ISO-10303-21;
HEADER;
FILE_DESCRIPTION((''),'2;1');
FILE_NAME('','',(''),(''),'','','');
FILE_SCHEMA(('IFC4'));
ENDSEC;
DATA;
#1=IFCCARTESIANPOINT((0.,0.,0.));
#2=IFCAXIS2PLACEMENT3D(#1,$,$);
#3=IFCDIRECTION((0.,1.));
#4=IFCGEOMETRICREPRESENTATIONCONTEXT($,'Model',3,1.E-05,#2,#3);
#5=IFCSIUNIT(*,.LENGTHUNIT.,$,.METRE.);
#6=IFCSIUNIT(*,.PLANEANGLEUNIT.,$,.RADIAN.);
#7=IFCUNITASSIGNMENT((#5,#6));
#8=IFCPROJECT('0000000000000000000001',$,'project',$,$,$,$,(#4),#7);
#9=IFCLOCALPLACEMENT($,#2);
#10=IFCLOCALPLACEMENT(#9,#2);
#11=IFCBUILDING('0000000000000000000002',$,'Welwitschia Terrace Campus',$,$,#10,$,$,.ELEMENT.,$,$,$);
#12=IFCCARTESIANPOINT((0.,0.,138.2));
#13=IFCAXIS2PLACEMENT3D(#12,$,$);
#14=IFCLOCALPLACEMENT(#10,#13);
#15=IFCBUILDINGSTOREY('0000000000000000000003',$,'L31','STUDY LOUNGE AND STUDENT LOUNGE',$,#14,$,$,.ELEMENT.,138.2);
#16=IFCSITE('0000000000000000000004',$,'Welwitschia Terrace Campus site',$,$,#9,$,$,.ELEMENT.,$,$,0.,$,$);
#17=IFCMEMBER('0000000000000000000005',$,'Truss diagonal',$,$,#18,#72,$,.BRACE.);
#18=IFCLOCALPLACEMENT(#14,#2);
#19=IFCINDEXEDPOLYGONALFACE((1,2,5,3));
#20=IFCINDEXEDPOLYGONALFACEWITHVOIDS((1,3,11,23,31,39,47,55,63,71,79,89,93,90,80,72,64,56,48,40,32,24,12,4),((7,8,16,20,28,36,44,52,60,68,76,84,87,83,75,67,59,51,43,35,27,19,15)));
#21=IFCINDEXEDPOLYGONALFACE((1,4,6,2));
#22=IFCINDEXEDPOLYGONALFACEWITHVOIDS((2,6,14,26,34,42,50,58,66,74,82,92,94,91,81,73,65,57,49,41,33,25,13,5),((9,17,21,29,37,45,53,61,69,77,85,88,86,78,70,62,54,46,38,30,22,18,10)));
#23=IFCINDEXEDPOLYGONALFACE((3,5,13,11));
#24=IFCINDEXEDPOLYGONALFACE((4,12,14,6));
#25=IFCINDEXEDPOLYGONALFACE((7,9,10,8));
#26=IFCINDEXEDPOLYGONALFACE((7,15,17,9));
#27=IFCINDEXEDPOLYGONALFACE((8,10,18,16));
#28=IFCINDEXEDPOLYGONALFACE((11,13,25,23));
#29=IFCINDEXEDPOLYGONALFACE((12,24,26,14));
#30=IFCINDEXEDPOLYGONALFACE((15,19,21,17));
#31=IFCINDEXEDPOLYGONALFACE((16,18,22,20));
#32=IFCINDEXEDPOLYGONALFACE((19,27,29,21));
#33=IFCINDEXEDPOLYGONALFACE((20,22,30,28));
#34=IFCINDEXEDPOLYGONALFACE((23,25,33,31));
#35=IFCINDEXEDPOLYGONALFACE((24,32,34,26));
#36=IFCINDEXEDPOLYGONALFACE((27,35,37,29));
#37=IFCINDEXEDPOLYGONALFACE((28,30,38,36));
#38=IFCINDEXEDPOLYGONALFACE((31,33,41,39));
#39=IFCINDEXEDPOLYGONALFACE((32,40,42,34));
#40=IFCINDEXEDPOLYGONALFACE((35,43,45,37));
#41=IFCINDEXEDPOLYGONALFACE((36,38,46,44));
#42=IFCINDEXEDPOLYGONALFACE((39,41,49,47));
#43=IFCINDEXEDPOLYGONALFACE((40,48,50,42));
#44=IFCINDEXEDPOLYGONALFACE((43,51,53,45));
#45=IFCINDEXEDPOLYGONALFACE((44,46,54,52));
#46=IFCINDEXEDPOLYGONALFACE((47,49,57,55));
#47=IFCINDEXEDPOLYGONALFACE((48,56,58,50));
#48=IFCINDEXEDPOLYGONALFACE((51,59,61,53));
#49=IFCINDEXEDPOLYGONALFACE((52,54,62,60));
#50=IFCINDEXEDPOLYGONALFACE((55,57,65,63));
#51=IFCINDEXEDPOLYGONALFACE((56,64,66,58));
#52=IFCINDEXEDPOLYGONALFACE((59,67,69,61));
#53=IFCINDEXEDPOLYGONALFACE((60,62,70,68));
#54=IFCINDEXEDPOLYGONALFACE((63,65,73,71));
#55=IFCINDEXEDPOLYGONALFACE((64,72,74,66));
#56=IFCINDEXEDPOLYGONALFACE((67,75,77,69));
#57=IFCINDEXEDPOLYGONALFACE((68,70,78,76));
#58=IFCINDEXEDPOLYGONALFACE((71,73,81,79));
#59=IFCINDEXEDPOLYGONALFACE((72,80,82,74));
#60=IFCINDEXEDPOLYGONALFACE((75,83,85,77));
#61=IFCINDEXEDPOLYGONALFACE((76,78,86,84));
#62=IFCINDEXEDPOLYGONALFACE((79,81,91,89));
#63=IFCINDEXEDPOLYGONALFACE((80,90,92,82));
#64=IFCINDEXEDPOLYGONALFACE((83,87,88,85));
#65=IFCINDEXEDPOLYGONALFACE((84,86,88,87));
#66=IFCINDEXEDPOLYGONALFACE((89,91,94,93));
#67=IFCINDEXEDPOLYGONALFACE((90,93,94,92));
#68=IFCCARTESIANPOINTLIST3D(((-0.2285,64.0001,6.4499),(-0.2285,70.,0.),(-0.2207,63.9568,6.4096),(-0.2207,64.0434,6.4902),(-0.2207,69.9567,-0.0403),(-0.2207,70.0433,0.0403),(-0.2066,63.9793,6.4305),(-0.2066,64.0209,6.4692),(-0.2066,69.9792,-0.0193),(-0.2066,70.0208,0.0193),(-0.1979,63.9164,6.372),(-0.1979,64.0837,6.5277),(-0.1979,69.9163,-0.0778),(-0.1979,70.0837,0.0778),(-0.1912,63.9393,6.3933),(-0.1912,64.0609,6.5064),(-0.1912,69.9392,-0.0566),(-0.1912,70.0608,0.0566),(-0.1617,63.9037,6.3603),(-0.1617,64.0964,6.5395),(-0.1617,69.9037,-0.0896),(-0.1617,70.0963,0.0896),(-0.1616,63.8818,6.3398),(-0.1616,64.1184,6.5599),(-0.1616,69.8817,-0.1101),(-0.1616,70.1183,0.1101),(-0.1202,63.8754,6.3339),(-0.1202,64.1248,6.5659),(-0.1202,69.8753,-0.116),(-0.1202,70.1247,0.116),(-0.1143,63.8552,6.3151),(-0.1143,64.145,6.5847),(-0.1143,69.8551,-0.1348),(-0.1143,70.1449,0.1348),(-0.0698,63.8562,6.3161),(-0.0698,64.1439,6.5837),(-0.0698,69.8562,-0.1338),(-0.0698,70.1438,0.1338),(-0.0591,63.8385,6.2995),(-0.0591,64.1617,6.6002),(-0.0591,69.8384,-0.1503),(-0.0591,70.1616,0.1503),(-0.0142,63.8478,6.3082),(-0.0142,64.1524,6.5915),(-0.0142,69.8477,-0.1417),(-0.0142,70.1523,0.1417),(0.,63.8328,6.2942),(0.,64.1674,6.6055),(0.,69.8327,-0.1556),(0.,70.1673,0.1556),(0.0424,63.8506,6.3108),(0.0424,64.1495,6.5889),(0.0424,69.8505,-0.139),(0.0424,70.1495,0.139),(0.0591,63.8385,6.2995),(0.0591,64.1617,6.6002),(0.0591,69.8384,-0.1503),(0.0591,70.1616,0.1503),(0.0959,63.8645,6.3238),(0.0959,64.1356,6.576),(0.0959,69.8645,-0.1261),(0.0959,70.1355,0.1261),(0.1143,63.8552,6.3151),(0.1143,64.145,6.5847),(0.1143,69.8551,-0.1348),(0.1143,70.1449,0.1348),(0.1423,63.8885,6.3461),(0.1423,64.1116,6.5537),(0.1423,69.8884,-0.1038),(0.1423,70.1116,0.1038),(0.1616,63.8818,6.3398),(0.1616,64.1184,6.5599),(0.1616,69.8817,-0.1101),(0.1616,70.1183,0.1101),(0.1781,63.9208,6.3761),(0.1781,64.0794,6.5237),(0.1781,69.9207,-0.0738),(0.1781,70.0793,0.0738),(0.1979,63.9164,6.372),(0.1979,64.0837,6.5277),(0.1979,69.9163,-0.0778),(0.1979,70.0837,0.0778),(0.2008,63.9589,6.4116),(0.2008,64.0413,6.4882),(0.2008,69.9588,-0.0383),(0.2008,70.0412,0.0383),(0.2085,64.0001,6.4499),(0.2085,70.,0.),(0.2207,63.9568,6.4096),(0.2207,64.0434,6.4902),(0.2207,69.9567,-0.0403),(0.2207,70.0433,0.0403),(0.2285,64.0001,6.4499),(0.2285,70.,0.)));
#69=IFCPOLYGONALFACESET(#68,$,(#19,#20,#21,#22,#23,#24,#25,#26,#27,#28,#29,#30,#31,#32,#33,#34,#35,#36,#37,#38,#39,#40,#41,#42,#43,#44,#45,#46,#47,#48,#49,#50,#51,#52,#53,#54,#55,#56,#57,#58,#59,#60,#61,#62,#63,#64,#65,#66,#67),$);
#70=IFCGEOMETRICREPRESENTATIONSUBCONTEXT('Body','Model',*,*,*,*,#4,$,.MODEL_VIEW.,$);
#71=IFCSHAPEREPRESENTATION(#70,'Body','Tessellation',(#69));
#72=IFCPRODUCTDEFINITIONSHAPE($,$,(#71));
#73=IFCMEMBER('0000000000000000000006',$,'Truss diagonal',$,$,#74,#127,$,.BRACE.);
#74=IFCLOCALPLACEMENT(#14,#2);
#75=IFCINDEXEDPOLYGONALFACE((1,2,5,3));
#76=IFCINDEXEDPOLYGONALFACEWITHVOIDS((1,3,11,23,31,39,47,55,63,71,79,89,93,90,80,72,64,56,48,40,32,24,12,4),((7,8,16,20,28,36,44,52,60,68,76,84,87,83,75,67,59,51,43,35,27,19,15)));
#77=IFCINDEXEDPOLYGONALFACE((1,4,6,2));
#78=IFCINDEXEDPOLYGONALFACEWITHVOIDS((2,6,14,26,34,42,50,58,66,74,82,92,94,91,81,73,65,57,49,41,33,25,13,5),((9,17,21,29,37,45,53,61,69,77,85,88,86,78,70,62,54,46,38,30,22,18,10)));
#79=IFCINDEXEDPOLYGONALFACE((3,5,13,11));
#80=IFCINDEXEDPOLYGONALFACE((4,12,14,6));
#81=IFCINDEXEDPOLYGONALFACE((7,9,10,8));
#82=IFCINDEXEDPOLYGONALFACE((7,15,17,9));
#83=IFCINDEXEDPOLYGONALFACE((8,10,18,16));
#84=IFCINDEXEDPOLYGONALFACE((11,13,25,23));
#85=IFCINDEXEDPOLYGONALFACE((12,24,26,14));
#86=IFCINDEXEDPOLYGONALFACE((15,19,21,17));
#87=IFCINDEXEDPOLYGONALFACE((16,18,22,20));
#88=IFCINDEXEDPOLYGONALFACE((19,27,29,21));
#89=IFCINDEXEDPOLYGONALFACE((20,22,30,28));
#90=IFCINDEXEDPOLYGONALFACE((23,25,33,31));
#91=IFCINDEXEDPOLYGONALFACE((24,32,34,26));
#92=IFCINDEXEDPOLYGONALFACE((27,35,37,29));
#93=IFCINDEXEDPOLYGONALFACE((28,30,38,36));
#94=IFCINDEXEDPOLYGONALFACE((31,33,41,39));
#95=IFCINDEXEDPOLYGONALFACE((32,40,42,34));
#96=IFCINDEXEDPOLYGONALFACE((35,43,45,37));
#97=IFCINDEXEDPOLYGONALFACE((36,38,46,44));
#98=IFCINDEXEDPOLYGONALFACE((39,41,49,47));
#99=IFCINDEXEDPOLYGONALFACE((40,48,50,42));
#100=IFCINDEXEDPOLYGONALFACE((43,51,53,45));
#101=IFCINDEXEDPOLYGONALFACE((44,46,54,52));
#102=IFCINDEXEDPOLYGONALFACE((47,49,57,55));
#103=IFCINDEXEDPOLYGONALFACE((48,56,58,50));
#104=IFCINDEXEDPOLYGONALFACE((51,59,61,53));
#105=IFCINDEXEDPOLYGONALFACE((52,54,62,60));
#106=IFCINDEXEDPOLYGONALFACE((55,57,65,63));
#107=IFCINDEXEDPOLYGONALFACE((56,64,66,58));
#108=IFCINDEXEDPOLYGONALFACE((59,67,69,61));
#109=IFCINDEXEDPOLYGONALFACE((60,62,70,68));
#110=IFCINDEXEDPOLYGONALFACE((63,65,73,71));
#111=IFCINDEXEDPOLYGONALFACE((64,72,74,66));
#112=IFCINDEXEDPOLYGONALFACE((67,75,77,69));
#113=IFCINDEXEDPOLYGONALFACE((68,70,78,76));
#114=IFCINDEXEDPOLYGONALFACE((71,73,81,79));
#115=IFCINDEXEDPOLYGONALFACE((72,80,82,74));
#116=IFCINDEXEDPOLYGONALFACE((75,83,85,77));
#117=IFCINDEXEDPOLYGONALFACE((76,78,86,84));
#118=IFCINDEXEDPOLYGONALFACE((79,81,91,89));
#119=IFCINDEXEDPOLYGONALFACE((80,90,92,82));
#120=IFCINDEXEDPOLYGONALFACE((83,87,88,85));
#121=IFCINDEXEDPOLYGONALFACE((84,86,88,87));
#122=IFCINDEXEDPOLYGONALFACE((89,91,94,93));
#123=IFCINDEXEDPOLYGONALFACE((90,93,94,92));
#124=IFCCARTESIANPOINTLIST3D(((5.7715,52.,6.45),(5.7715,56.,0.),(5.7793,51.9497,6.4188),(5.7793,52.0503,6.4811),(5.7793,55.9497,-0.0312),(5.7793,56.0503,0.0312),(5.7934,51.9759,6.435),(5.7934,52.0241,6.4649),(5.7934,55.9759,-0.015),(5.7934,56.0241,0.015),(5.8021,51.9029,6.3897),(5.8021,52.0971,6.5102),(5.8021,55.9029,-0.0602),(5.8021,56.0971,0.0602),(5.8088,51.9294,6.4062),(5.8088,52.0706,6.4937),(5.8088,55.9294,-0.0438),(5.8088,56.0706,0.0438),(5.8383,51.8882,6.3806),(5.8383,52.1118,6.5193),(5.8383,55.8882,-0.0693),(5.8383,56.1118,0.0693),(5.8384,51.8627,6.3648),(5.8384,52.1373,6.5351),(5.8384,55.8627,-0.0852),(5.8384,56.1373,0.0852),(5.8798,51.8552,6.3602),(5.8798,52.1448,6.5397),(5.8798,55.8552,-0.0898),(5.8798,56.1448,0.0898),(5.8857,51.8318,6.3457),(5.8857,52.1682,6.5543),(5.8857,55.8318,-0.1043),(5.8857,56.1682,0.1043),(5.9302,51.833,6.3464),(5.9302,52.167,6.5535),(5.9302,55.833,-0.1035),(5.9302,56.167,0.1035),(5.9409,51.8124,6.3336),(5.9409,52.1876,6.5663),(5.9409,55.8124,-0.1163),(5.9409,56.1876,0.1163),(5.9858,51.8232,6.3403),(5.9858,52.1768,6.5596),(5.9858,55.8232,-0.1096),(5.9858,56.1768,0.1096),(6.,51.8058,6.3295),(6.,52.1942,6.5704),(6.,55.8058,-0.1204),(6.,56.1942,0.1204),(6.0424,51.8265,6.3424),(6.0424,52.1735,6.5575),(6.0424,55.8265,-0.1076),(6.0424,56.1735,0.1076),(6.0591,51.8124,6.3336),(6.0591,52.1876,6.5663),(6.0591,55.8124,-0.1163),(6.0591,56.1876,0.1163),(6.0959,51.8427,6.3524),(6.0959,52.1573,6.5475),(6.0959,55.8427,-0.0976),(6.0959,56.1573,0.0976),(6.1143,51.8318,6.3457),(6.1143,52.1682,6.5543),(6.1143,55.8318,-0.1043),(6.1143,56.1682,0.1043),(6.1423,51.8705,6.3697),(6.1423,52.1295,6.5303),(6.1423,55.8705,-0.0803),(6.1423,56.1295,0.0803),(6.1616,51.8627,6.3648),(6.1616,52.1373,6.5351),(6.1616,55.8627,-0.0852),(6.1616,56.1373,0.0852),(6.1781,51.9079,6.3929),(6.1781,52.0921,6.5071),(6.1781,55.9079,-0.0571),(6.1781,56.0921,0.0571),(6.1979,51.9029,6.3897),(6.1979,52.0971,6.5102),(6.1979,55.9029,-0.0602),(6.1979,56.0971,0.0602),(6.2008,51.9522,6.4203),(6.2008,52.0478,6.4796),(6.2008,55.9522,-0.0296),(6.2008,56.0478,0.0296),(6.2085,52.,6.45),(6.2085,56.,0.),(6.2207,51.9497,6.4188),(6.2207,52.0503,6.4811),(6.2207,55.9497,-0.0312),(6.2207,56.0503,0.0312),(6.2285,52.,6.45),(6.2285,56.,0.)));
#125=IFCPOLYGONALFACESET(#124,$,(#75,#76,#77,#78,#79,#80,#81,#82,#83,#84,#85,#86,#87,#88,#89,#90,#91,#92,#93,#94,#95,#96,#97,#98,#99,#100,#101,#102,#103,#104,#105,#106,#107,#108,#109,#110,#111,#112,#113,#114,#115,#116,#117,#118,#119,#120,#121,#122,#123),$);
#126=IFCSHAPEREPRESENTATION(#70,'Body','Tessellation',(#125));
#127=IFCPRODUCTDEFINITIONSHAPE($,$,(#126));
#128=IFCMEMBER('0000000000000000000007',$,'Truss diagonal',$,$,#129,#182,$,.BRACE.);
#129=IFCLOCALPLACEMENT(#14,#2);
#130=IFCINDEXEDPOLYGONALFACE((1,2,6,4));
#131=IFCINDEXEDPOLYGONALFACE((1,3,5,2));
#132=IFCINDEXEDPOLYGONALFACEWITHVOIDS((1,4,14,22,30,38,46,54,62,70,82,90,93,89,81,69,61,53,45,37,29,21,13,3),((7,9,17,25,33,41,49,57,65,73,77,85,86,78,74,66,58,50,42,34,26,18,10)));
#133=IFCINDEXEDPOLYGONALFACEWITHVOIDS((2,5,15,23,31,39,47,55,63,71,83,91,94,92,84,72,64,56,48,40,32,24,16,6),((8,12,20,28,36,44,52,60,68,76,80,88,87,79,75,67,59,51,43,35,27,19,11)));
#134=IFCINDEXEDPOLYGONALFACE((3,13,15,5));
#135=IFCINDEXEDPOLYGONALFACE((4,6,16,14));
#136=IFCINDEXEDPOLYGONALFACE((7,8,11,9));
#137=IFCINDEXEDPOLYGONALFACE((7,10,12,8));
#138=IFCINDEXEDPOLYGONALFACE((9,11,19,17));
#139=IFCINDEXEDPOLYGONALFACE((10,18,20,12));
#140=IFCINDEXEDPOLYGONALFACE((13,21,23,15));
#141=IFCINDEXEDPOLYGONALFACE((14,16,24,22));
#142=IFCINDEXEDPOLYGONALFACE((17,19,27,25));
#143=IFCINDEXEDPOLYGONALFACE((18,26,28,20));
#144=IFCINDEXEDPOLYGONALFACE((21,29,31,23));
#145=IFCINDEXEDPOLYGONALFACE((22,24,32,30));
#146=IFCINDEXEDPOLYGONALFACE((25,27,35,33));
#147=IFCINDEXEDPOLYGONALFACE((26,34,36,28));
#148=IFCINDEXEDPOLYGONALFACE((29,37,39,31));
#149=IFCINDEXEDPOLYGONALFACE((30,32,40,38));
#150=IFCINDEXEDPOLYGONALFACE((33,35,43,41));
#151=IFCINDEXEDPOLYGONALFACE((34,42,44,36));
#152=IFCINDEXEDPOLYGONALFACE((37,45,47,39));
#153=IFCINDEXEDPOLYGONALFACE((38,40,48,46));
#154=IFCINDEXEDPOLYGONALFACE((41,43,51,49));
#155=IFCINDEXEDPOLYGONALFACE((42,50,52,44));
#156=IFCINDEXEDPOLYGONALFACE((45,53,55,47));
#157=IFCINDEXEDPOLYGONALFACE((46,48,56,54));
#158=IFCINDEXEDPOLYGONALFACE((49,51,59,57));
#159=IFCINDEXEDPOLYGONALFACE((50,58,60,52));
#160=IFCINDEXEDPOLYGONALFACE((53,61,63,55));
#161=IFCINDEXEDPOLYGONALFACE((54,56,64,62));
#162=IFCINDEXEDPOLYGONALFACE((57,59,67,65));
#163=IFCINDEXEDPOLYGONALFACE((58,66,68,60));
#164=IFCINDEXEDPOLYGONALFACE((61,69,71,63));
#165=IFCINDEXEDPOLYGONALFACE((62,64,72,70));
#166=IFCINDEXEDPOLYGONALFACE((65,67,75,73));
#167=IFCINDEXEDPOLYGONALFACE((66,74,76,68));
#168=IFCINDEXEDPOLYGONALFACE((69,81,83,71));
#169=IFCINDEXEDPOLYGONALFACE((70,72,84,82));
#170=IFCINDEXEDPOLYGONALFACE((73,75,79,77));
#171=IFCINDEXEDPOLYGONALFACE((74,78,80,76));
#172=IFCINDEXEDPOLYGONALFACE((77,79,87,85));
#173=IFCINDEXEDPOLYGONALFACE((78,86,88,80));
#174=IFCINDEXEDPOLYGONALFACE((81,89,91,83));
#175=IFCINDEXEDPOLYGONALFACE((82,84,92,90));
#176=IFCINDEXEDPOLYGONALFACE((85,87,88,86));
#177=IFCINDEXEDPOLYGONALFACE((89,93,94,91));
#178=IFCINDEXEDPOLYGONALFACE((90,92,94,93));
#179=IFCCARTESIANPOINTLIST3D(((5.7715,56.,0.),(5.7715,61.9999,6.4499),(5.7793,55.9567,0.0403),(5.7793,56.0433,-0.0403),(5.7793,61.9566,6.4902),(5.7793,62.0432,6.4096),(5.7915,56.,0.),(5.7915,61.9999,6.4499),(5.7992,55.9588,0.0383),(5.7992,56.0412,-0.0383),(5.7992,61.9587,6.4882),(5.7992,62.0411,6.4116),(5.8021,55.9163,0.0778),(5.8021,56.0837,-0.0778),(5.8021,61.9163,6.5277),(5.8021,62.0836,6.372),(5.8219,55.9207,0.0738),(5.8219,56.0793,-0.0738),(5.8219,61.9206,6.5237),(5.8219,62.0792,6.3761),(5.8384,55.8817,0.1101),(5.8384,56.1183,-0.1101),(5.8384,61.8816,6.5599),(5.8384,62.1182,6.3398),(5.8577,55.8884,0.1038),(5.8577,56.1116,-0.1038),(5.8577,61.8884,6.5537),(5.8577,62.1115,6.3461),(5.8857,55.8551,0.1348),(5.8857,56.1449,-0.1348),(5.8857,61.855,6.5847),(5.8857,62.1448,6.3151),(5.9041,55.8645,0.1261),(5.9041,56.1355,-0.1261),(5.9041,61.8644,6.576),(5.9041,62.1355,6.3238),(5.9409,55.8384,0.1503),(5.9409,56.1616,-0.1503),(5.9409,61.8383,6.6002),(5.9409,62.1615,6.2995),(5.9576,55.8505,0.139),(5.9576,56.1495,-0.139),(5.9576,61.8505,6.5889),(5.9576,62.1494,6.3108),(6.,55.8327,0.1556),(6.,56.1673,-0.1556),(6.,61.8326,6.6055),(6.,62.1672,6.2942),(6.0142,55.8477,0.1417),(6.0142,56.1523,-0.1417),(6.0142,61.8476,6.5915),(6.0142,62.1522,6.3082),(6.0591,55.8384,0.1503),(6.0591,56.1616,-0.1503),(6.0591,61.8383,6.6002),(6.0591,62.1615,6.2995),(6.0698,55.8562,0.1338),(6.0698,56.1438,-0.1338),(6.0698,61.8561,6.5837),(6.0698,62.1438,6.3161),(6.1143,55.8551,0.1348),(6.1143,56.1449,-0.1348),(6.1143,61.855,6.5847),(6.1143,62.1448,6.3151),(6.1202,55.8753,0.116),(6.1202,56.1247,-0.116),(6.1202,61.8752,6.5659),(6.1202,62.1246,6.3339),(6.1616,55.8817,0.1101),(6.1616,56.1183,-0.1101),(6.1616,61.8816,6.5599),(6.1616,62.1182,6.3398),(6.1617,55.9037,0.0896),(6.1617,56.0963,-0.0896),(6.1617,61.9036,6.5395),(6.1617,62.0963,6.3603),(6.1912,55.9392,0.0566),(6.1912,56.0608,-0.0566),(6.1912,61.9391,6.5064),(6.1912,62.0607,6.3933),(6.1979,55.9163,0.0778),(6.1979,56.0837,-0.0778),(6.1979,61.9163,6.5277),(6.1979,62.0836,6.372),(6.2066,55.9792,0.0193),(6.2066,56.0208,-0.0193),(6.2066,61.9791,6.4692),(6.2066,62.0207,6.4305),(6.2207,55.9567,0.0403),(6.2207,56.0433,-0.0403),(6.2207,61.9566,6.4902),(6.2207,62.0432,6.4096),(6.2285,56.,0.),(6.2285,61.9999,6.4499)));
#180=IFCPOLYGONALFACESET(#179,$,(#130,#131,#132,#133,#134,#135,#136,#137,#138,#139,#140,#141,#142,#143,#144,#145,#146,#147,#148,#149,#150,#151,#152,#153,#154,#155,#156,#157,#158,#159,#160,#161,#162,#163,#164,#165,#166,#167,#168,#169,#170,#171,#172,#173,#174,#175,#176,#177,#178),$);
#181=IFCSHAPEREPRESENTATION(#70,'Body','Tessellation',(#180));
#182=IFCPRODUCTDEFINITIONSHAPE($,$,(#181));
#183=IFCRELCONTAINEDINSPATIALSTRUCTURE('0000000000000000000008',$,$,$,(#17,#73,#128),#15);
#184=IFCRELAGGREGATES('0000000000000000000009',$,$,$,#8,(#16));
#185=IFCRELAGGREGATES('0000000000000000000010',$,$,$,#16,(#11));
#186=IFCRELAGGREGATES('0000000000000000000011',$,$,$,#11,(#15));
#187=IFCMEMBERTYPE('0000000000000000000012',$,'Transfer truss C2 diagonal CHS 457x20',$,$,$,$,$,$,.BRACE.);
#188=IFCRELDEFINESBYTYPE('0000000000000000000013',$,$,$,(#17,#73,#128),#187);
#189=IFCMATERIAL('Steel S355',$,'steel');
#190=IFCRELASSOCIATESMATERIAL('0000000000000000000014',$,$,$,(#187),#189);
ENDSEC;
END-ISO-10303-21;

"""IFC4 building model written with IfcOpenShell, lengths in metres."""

from ifc_helpers import new_model, si_unit, direction, frame, origin, origin_2d, place, context, subcontext, project, spatial, hollow_circle, extrude, material, material_profile, profile_set, type_object, element, save


model = new_model("IFC4")

# Units and contexts
model_context = context("Model", 3, precision=1e-05, world=origin(), true_north=direction((0.0, 1.0)))
body_context = subcontext(model_context, "Body", "Model", "MODEL_VIEW")
ifc_project = project(units=[si_unit("LENGTHUNIT", "METRE"), si_unit("PLANEANGLEUNIT", "RADIAN")], contexts=[model_context])

# Site, building, storey
site_placement = place(None, origin())
site = spatial("IfcSite", under=ifc_project, at=site_placement, Name="Welwitschia Terrace Campus site", CompositionType="ELEMENT", RefElevation=0.0)
building_placement = place(site_placement, origin())
building = spatial("IfcBuilding", under=site, at=building_placement, Name="Welwitschia Terrace Campus", CompositionType="ELEMENT")
storey_placement = place(building_placement, frame((0.0, 0.0, 138.2)))
storey = spatial("IfcBuildingStorey", under=building, at=storey_placement, Name="L31", Description="STUDY LOUNGE AND STUDENT LOUNGE", CompositionType="ELEMENT", Elevation=138.2)

# Members
ifc_material_1 = material(Name="Steel S355", Category="steel")
ifc_material_profile_1 = material_profile(ifc_material_1, hollow_circle(Radius=0.2285, WallThickness=0.02, at=origin_2d()))
ifc_profile_set_1 = profile_set([ifc_material_profile_1], Name="Steel S355")
member_type_1 = type_object("IfcMemberType", Name="Transfer truss C2 diagonal CHS 457x20", PredefinedType="BRACE", material=ifc_profile_set_1)
member_1_placement = place(storey_placement, frame((0.0, 70.0, 0.0), z_axis=(0.0, -0.681107, 0.732184), x_axis=(1.0, 0.0, 0.0)))
element("IfcMember", 1, at=member_1_placement, inside=storey, type_object=member_type_1, Name="Truss diagonal", PredefinedType="BRACE", context=body_context, shape_type="SweptSolid", body=[
    extrude(hollow_circle(Radius=0.2285, WallThickness=0.02, at=origin_2d()), origin(), (0.0, 0.0, 1.0), 8.8091),
])
member_2_placement = place(storey_placement, frame((6.0, 56.0, 0.0), z_axis=(0.0, -0.527038, 0.849842), x_axis=(1.0, 0.0, 0.0)))
element("IfcMember", 2, at=member_2_placement, inside=storey, type_object=member_type_1, Name="Truss diagonal", PredefinedType="BRACE", context=body_context, shape_type="SweptSolid", body=[
    extrude(hollow_circle(Radius=0.2285, WallThickness=0.02, at=origin_2d()), origin(), (0.0, 0.0, 1.0), 7.5896),
])
member_3_placement = place(storey_placement, frame((6.0, 56.0, 0.0), z_axis=(0.0, 0.681107, 0.732184), x_axis=(-1.0, 0.0, 0.0)))
element("IfcMember", 3, at=member_3_placement, inside=storey, type_object=member_type_1, Name="Truss diagonal", PredefinedType="BRACE", context=body_context, shape_type="SweptSolid", body=[
    extrude(hollow_circle(Radius=0.2285, WallThickness=0.02, at=origin_2d()), origin(), (0.0, 0.0, 1.0), 8.8091),
])

save(model, "model.ifc")
